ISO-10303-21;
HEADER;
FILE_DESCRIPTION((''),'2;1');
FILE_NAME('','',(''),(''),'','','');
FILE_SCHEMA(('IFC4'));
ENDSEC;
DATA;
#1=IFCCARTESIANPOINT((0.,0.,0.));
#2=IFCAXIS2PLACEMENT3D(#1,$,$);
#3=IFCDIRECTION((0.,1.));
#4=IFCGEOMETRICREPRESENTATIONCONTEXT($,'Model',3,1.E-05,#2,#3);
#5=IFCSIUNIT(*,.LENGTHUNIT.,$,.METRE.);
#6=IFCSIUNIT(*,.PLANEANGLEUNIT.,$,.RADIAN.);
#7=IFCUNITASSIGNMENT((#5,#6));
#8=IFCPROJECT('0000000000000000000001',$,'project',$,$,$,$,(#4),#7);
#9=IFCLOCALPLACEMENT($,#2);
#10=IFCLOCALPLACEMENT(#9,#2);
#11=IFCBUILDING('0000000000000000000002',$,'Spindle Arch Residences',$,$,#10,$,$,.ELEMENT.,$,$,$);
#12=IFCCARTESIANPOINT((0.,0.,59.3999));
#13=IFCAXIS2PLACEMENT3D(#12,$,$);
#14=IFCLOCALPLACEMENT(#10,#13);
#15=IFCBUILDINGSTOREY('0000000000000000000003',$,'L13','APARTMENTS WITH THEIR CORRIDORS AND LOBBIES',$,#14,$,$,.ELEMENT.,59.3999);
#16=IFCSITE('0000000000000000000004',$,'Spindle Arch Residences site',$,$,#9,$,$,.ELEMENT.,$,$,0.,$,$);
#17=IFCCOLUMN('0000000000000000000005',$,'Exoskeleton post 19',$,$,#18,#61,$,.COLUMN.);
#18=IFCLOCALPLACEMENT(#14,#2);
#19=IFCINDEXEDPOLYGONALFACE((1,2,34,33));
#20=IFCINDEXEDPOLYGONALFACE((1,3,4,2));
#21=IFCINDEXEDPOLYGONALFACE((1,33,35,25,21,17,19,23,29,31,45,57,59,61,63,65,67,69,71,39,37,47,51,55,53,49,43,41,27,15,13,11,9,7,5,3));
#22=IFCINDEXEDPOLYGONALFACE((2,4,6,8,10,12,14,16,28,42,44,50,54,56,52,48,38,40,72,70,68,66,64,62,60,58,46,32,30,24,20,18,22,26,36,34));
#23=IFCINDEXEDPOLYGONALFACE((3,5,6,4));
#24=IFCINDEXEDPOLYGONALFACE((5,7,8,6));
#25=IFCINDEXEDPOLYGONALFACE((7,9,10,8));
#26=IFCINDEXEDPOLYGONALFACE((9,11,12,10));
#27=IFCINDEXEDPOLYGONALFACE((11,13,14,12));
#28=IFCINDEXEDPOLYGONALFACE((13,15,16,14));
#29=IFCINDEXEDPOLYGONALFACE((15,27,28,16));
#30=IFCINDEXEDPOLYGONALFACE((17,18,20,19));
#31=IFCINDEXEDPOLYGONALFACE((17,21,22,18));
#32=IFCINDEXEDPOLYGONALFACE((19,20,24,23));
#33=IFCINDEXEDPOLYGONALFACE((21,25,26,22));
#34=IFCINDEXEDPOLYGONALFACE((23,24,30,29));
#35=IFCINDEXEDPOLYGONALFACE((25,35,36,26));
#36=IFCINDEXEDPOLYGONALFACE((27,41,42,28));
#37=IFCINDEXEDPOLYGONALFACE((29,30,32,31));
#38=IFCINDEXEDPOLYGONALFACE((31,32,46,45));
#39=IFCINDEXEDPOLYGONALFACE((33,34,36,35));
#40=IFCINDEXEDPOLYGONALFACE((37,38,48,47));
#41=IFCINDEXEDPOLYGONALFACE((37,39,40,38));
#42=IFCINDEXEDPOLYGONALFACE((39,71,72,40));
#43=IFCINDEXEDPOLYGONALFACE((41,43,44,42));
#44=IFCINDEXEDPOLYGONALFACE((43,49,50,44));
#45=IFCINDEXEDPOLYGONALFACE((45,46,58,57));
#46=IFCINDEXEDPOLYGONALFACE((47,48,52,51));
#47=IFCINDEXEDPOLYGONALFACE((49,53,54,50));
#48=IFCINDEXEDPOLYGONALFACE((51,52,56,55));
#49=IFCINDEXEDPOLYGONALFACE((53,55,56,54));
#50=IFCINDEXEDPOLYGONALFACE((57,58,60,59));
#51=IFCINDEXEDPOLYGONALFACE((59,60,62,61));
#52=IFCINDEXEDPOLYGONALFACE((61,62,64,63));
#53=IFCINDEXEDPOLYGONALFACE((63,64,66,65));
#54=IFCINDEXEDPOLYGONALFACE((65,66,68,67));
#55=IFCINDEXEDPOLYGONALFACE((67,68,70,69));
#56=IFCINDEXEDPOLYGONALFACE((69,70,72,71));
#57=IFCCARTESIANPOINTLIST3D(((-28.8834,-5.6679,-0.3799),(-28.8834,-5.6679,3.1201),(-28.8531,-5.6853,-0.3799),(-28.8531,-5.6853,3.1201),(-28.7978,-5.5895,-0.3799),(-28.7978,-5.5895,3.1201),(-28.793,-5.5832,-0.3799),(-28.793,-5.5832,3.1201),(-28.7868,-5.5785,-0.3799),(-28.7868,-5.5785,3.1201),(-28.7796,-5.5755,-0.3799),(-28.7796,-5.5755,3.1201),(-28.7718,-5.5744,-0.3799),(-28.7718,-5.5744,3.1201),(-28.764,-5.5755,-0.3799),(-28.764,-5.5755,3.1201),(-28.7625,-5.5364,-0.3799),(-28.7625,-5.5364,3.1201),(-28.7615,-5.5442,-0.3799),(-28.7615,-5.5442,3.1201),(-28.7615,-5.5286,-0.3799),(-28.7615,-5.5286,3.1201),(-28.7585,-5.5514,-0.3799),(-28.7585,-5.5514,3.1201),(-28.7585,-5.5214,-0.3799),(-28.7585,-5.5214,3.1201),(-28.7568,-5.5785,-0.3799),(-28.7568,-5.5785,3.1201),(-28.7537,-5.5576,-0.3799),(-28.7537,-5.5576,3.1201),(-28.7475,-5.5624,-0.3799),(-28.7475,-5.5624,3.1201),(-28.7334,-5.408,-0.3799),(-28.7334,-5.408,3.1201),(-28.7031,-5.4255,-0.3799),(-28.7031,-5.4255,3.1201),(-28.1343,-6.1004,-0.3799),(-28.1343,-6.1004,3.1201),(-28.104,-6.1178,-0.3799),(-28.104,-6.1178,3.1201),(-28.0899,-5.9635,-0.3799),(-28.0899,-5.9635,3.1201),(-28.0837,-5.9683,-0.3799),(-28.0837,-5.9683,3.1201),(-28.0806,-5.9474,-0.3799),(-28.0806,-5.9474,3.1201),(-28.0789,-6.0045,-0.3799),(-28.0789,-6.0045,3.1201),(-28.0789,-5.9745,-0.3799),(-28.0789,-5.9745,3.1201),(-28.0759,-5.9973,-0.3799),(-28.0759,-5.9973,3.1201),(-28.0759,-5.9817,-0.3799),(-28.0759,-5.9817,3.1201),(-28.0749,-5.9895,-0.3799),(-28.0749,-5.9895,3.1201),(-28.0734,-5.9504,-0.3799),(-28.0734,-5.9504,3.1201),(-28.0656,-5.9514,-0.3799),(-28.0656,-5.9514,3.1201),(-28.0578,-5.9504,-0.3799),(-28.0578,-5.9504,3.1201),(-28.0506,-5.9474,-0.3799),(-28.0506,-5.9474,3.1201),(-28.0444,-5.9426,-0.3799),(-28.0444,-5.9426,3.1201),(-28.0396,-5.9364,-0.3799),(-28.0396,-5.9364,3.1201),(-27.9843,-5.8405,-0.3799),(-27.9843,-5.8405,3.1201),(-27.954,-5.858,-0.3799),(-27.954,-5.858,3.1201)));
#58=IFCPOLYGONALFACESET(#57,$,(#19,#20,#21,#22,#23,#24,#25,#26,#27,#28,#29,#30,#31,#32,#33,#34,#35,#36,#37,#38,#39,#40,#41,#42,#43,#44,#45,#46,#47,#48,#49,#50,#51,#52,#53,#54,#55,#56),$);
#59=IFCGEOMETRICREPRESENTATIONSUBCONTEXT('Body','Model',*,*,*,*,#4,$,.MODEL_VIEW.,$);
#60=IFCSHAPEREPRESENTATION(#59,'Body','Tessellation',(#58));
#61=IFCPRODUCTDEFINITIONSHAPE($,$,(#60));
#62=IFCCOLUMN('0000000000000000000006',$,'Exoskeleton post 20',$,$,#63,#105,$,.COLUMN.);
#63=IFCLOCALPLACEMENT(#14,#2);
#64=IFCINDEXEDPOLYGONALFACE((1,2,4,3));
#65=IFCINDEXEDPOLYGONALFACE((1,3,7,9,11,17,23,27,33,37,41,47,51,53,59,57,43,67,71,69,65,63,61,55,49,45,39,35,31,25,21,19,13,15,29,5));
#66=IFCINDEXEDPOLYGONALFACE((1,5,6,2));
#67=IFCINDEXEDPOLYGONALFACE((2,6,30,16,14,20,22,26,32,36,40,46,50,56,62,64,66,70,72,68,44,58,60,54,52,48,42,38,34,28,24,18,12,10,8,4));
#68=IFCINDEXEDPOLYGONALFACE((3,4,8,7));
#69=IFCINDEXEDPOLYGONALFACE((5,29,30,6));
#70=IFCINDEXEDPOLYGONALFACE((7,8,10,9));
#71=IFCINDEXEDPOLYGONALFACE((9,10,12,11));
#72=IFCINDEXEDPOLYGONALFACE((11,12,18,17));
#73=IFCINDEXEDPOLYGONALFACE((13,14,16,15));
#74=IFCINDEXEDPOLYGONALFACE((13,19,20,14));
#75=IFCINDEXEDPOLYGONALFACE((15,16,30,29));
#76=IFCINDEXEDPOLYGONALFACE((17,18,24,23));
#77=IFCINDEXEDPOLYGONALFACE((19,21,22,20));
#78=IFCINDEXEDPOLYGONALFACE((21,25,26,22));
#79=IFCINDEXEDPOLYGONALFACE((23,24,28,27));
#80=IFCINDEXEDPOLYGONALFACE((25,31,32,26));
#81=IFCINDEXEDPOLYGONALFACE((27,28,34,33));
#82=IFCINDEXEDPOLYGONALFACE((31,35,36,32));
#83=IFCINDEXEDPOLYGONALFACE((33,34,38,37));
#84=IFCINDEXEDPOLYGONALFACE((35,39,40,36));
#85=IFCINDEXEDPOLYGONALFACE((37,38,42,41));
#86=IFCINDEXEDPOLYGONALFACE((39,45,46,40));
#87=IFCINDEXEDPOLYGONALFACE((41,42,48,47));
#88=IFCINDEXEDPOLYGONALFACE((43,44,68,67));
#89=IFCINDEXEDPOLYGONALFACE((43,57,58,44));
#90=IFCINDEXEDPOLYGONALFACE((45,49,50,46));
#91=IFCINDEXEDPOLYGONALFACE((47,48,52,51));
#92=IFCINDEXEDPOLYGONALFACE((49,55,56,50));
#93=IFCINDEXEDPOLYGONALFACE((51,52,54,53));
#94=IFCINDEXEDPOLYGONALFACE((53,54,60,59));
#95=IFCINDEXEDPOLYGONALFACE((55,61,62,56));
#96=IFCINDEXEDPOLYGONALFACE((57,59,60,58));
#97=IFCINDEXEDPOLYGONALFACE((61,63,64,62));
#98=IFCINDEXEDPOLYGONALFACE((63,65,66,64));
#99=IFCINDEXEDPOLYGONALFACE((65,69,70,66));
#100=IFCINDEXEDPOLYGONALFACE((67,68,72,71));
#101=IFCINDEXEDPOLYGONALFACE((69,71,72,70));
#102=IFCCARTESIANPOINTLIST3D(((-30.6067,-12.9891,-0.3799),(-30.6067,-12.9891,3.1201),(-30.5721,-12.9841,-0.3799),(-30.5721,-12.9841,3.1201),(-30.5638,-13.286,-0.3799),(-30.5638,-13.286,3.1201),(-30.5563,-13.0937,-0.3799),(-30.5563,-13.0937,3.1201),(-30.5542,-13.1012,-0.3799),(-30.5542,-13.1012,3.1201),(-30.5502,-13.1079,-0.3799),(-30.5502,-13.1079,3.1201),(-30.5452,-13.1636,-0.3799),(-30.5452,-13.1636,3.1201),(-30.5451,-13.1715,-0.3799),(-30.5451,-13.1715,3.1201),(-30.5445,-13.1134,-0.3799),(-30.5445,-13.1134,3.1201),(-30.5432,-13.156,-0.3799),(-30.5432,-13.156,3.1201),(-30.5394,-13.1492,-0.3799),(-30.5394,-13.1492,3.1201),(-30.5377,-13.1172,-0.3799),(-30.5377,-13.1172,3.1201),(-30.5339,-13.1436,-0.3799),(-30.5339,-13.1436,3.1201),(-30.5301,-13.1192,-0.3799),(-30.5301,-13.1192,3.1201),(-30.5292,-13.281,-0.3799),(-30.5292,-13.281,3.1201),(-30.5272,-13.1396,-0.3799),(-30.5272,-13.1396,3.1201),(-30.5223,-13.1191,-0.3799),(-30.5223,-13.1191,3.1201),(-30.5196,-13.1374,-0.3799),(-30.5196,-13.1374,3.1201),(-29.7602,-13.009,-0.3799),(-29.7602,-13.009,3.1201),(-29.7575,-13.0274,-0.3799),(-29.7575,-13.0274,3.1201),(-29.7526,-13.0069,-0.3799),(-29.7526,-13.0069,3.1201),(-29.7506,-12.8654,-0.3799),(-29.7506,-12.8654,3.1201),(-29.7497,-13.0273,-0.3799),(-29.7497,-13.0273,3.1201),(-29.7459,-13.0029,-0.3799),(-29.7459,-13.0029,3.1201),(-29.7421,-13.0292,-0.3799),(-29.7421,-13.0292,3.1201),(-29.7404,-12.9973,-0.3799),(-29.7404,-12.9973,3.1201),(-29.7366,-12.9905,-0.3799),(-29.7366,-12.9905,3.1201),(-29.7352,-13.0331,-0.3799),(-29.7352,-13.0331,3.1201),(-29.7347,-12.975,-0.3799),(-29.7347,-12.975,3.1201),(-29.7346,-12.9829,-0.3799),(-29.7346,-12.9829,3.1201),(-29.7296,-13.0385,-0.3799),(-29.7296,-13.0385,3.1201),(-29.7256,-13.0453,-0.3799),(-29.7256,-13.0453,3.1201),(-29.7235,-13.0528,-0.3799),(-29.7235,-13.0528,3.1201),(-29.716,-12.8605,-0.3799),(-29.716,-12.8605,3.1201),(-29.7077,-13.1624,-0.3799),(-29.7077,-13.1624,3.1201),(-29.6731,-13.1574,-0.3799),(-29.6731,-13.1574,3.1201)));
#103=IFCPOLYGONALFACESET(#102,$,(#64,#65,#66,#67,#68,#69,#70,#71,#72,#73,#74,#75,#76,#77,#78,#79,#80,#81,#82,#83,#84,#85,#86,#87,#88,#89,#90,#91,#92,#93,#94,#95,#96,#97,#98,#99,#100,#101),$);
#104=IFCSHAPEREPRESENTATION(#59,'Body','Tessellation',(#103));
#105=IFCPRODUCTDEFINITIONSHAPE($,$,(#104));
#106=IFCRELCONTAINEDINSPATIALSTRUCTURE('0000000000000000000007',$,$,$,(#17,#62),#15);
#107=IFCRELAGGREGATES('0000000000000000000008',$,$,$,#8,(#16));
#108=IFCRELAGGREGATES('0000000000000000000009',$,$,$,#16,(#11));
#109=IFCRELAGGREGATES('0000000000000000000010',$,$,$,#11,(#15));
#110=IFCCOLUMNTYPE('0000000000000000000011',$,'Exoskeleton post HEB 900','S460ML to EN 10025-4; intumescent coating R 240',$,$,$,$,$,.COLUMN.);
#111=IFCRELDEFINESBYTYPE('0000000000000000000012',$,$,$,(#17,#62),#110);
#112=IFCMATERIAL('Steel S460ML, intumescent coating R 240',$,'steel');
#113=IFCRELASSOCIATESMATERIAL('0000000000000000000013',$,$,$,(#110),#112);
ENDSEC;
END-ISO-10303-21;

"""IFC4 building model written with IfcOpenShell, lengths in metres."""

from ifc_helpers import new_model, si_unit, direction, frame, origin, origin_2d, place, context, subcontext, project, spatial, i_section, extrude, material, material_profile, profile_set, type_object, element, save


model = new_model("IFC4")

# Units and contexts
model_context = context("Model", 3, precision=1e-05, world=origin(), true_north=direction((0.0, 1.0)))
body_context = subcontext(model_context, "Body", "Model", "MODEL_VIEW")
ifc_project = project(units=[si_unit("LENGTHUNIT", "METRE"), si_unit("PLANEANGLEUNIT", "RADIAN")], contexts=[model_context])

# Site, building, storey
site_placement = place(None, origin())
site = spatial("IfcSite", under=ifc_project, at=site_placement, Name="Spindle Arch Residences site", CompositionType="ELEMENT", RefElevation=0.0)
building_placement = place(site_placement, origin())
building = spatial("IfcBuilding", under=site, at=building_placement, Name="Spindle Arch Residences", CompositionType="ELEMENT")
storey_placement = place(building_placement, frame((0.0, 0.0, 59.3999)))
storey = spatial("IfcBuildingStorey", under=building, at=storey_placement, Name="L13", Description="APARTMENTS WITH THEIR CORRIDORS AND LOBBIES", CompositionType="ELEMENT", Elevation=59.3999)

# Columns
ifc_material_1 = material(Name="Steel S460ML, intumescent coating R 240", Category="steel")
ifc_material_profile_1 = material_profile(ifc_material_1, i_section(OverallWidth=0.3, OverallDepth=0.8999, WebThickness=0.0186, FlangeThickness=0.0349, FilletRadius=0.03, at=origin_2d()), Name="HEB 900")
ifc_profile_set_1 = profile_set([ifc_material_profile_1], Name="Steel S460ML, intumescent coating R 240")
column_type_1 = type_object("IfcColumnType", Name="Exoskeleton post HEB 900", Description="S460ML to EN 10025-4; intumescent coating R 240", PredefinedType="COLUMN", material=ifc_profile_set_1)
for number, where, z_axis, x_axis, name in (
    (1, (-28.4187, -5.7629, -0.3799), (0.0, 0.0, 1.0), (0.5, 0.866025, 0.0), "Exoskeleton post 19"),
    (2, (-30.1399, -13.0732, -0.3799), (0.0, 0.0, 1.0), (-0.142906, 0.989736, 0.0), "Exoskeleton post 20"),
):
    element("IfcColumn", number, at=place(storey_placement, frame(where, z_axis=z_axis, x_axis=x_axis)), inside=storey, type_object=column_type_1, Name=name, PredefinedType="COLUMN", context=body_context, shape_type="SweptSolid", body=[
        extrude(i_section(OverallWidth=0.3, OverallDepth=0.8999, WebThickness=0.0186, FlangeThickness=0.0349, FilletRadius=0.03, at=origin_2d()), origin(), (0.0, 0.0, 1.0), 3.5),
    ])

save(model, "model.ifc")
